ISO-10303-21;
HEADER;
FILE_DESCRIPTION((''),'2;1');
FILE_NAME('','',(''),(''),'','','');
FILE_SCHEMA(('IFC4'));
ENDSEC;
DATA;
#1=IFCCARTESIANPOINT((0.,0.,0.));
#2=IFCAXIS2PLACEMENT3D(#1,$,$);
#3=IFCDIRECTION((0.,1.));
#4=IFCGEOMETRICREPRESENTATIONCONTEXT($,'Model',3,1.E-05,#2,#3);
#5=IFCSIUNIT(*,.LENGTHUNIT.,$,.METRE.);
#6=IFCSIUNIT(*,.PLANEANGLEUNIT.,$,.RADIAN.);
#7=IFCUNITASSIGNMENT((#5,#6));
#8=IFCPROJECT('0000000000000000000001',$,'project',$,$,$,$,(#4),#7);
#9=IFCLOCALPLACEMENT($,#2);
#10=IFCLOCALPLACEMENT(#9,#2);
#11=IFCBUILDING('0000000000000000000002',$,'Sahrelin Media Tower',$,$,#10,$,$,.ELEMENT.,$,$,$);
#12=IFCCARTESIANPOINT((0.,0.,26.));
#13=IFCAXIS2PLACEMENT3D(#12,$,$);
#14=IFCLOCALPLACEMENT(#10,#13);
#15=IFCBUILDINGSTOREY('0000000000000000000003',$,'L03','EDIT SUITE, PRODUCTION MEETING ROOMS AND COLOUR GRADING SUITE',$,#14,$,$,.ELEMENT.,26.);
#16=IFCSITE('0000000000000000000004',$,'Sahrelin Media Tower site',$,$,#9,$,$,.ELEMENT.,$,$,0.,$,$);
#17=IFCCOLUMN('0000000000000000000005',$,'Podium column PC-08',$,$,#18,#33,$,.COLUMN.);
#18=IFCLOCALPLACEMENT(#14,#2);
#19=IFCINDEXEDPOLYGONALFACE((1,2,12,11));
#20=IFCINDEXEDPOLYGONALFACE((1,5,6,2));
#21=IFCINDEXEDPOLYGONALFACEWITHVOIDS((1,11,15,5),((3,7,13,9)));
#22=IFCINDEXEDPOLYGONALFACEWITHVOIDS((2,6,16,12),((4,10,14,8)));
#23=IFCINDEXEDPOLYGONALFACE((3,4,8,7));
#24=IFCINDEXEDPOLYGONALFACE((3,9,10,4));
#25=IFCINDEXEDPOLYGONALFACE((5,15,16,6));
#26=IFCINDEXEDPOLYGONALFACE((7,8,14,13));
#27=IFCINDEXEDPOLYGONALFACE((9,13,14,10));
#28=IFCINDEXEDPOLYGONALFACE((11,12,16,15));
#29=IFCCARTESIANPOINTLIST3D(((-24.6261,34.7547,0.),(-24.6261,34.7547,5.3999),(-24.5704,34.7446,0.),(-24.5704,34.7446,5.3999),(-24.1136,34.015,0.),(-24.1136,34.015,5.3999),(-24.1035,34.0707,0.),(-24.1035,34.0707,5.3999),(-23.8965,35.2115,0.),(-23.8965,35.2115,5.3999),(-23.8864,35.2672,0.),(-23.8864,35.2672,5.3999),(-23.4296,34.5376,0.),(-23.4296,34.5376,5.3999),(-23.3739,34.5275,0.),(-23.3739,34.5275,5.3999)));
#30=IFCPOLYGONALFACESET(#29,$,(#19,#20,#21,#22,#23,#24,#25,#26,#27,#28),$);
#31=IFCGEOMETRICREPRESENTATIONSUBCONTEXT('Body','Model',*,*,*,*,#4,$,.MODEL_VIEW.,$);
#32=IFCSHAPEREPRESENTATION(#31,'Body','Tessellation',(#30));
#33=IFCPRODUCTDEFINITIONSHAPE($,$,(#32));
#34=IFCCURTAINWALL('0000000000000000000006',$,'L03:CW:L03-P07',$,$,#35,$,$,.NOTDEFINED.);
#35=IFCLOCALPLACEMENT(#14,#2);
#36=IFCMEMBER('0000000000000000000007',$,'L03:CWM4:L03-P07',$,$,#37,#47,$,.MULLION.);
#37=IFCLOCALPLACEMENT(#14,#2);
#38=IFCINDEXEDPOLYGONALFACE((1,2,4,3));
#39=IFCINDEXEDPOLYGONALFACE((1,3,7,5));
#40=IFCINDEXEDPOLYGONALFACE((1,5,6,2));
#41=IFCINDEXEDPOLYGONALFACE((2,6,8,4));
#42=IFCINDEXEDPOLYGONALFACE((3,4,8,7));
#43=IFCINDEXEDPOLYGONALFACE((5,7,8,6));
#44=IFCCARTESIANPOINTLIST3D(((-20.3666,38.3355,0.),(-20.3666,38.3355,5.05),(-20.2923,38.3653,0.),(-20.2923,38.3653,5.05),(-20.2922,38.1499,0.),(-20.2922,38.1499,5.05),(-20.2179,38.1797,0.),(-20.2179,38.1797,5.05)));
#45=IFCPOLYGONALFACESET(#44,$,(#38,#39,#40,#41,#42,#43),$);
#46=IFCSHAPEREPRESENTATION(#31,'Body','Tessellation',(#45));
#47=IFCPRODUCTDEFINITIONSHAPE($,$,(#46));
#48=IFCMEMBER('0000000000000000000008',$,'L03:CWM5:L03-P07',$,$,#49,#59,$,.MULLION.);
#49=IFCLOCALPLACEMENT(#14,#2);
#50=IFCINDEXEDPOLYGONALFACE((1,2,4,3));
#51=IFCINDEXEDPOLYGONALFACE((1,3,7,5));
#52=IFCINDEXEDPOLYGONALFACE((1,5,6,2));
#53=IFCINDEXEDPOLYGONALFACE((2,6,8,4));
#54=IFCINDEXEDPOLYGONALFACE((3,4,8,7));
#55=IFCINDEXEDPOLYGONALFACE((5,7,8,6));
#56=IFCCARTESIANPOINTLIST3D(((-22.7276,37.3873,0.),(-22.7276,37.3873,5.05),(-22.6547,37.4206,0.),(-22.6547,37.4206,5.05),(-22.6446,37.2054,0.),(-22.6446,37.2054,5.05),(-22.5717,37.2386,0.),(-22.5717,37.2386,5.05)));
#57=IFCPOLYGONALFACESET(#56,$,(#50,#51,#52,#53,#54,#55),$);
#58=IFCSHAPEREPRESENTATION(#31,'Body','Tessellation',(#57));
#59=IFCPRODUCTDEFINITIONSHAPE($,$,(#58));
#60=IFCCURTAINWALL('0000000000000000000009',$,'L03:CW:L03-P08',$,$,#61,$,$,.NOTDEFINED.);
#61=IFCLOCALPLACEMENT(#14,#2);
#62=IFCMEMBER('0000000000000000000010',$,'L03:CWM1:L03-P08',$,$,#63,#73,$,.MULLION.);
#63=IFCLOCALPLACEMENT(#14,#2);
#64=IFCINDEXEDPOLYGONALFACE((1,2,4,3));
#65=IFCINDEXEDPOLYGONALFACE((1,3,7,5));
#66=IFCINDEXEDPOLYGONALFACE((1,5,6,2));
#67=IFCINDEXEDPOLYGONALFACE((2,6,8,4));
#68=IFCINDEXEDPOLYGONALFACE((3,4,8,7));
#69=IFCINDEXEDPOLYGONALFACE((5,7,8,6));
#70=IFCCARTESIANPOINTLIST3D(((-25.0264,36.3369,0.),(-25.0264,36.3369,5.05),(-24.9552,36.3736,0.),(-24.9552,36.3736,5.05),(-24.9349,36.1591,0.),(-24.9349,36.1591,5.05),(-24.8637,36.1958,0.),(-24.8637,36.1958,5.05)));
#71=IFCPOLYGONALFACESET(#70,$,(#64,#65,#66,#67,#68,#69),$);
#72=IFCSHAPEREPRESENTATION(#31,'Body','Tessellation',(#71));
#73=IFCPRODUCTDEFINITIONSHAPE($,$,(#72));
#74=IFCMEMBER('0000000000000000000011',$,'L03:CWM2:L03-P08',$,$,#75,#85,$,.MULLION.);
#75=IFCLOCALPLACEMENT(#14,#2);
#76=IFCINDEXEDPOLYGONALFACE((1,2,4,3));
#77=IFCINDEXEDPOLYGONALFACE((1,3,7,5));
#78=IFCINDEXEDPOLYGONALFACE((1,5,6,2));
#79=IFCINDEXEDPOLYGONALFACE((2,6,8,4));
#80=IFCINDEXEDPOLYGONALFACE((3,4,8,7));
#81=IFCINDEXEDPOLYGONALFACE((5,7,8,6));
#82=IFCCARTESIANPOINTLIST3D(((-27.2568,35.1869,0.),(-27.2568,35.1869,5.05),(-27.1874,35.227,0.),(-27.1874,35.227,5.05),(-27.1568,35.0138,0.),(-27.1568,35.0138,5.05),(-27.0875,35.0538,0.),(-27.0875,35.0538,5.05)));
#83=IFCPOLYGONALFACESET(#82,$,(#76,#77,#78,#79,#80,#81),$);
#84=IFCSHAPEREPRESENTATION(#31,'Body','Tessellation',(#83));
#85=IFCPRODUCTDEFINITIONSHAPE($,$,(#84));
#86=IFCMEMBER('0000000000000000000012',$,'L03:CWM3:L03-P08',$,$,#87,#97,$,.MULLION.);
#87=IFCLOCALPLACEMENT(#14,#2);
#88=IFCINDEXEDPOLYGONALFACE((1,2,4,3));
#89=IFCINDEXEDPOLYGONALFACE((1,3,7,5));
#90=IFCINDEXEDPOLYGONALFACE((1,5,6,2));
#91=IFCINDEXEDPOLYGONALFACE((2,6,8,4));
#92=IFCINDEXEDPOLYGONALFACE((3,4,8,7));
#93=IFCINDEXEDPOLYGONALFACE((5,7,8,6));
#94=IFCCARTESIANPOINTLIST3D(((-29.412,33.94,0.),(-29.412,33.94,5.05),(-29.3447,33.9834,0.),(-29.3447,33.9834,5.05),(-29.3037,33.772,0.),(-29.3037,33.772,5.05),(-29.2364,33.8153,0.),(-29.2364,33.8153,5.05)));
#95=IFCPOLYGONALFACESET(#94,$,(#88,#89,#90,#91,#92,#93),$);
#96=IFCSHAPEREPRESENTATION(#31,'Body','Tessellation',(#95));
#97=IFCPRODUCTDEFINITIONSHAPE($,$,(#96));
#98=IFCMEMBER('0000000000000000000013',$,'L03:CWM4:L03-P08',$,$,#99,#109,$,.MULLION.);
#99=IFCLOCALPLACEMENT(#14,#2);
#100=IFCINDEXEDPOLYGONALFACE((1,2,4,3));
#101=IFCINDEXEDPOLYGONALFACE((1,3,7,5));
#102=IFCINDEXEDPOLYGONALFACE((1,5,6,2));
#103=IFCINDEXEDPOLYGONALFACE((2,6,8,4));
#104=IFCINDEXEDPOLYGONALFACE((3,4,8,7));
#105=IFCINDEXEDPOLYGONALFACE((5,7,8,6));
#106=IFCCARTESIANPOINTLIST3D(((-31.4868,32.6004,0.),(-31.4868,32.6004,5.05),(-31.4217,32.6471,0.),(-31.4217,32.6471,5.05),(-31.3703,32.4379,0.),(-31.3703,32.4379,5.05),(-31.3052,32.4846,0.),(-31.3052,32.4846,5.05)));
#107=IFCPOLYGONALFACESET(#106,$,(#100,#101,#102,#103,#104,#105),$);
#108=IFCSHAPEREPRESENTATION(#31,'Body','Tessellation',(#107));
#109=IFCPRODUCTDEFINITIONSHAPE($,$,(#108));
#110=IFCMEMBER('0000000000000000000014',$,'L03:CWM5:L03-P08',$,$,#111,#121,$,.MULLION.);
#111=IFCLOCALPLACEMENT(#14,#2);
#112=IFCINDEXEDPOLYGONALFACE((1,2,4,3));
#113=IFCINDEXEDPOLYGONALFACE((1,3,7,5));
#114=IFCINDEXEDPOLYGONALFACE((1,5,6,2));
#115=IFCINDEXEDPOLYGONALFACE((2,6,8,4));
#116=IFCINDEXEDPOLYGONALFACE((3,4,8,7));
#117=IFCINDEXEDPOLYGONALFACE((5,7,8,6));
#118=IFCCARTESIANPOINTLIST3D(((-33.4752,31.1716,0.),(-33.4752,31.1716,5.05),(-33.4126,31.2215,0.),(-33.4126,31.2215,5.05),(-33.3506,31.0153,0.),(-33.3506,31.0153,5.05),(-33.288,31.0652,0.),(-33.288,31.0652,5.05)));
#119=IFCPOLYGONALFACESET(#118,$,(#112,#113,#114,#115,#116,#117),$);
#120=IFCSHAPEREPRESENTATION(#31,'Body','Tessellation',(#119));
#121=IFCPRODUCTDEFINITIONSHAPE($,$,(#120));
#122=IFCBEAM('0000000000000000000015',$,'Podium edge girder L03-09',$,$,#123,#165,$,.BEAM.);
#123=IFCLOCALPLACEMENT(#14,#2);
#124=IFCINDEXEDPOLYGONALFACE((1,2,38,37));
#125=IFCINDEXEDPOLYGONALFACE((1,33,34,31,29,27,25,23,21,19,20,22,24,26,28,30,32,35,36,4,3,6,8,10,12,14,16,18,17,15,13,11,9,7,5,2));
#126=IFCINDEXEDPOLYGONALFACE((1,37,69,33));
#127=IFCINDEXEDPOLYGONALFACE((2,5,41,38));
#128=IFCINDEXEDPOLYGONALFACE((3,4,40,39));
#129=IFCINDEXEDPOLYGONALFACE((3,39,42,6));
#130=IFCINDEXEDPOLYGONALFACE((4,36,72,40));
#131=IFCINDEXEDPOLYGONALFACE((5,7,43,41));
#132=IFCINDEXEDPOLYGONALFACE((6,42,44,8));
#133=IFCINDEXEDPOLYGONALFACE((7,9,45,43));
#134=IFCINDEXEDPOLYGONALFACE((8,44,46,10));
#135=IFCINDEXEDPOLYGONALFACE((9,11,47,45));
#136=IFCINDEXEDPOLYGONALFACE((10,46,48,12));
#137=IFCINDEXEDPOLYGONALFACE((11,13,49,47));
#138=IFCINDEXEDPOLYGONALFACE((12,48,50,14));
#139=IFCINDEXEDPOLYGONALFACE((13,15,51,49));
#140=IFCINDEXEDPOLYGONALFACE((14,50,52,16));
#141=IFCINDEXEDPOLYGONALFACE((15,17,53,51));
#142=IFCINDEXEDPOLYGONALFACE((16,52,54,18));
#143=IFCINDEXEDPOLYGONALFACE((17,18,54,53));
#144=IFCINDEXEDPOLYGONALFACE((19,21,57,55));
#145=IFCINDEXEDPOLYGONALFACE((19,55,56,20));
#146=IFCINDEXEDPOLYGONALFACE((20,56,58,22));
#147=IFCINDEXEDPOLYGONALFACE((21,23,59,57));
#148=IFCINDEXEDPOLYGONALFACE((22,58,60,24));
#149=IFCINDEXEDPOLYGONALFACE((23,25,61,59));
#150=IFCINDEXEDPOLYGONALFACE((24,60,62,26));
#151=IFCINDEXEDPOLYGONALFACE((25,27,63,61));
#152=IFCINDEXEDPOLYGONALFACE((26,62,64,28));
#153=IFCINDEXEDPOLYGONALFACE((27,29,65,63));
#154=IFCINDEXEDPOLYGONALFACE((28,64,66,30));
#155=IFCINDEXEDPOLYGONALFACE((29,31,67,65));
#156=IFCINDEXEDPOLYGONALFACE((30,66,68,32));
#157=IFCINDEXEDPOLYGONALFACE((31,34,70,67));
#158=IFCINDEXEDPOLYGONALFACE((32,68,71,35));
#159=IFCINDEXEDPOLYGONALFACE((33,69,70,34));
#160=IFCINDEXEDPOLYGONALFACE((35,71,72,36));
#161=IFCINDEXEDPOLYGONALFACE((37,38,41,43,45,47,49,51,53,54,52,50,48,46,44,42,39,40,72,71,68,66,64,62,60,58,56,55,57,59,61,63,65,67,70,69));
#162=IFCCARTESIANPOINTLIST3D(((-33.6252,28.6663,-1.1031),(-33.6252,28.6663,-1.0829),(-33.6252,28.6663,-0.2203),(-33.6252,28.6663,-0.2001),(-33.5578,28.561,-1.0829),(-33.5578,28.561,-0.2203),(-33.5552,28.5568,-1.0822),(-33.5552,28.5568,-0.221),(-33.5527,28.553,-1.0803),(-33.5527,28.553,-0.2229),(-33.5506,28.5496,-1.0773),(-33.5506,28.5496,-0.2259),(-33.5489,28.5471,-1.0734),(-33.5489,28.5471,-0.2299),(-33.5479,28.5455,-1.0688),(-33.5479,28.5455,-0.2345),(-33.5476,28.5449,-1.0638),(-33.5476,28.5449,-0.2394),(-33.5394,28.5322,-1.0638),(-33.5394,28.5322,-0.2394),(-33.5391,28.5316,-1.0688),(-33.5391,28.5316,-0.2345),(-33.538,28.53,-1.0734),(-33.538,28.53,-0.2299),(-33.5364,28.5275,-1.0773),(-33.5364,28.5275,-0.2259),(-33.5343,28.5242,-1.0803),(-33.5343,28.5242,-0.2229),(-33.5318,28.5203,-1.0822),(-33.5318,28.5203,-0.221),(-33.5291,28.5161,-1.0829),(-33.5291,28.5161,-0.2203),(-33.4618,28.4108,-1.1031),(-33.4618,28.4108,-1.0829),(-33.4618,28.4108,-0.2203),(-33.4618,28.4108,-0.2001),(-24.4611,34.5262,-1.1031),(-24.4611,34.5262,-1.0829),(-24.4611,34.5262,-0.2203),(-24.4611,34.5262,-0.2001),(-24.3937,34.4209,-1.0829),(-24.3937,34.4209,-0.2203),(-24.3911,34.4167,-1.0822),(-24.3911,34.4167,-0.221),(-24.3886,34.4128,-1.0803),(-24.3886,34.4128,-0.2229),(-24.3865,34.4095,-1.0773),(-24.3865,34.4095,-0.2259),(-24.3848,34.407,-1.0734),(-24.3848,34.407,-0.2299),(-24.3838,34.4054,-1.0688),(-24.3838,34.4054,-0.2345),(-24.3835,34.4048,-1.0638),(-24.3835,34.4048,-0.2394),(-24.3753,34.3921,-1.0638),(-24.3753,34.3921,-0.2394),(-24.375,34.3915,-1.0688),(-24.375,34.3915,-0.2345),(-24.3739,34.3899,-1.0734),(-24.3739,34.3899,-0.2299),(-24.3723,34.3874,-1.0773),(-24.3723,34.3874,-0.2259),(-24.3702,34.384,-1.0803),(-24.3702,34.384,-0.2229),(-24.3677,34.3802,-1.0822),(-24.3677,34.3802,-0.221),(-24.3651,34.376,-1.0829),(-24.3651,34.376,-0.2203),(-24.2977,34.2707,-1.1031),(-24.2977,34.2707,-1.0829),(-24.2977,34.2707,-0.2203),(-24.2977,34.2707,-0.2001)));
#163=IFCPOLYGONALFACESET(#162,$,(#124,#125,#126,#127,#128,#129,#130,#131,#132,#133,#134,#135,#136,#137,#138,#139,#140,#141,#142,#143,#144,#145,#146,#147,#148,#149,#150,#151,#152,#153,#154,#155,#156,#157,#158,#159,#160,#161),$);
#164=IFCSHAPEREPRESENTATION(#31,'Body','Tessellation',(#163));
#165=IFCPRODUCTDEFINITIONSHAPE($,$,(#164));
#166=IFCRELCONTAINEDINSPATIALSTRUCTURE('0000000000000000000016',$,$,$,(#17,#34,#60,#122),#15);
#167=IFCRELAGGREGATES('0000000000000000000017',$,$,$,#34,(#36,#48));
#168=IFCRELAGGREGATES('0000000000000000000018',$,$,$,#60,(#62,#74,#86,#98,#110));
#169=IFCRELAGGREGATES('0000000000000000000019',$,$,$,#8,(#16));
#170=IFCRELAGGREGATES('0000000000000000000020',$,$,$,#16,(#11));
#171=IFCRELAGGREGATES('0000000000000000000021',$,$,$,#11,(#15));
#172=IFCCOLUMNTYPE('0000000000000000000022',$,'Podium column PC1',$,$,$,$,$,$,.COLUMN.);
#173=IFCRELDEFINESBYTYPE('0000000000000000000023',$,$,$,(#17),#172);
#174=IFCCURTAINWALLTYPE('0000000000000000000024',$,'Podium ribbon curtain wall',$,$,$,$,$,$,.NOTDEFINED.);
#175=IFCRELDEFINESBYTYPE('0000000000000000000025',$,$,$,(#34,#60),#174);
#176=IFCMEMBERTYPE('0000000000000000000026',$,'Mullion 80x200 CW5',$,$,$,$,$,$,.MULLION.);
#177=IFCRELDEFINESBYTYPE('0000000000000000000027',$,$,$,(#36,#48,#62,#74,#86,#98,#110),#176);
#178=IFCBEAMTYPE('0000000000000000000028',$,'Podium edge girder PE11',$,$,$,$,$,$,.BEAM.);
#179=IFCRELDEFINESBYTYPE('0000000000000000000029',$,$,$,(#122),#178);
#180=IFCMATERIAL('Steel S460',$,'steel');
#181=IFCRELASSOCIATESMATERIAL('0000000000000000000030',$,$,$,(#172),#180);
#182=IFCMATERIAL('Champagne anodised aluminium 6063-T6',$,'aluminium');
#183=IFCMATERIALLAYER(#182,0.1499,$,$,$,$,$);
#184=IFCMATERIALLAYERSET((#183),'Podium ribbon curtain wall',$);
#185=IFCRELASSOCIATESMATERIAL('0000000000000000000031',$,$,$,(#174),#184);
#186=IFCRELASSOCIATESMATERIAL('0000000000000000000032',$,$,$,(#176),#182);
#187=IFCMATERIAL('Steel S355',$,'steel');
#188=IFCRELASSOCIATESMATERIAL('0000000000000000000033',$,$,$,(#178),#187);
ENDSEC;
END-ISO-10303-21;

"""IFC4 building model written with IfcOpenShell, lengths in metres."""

from ifc_helpers import new_model, si_unit, direction, frame, origin, origin_2d, place, context, subcontext, project, spatial, rectangle, hollow_rectangle, i_section, extrude, material, layer, layer_set, material_profile, profile_set, type_object, element, aggregate, save


model = new_model("IFC4")

# Units and contexts
model_context = context("Model", 3, precision=1e-05, world=origin(), true_north=direction((0.0, 1.0)))
body_context = subcontext(model_context, "Body", "Model", "MODEL_VIEW")
ifc_project = project(units=[si_unit("LENGTHUNIT", "METRE"), si_unit("PLANEANGLEUNIT", "RADIAN")], contexts=[model_context])

# Site, building, storey
site_placement = place(None, origin())
site = spatial("IfcSite", under=ifc_project, at=site_placement, Name="Sahrelin Media Tower site", CompositionType="ELEMENT", RefElevation=0.0)
building_placement = place(site_placement, origin())
building = spatial("IfcBuilding", under=site, at=building_placement, Name="Sahrelin Media Tower", CompositionType="ELEMENT")
storey_placement = place(building_placement, frame((0.0, 0.0, 26.0)))
storey = spatial("IfcBuildingStorey", under=building, at=storey_placement, Name="L03", Description="EDIT SUITE, PRODUCTION MEETING ROOMS AND COLOUR GRADING SUITE", CompositionType="ELEMENT", Elevation=26.0)

# Column
ifc_material_1 = material(Name="Steel S460", Category="steel")
ifc_material_profile_1 = material_profile(ifc_material_1, hollow_rectangle(XDim=0.8999, YDim=0.8999, WallThickness=0.04, at=origin_2d()), Name="Podium column PC1")
ifc_profile_set_1 = profile_set([ifc_material_profile_1], Name="Steel S460")
column_type = type_object("IfcColumnType", Name="Podium column PC1", PredefinedType="COLUMN", material=ifc_profile_set_1)
column_placement = place(storey_placement, frame((-24.0, 34.6411, 0.0), z_axis=(0.0, 0.0, 1.0), x_axis=(-0.569495, 0.821995, 0.0)))
element("IfcColumn", 1, at=column_placement, inside=storey, type_object=column_type, Name="Podium column PC-08", PredefinedType="COLUMN", context=body_context, shape_type="SweptSolid", body=[
    extrude(hollow_rectangle(XDim=0.8999, YDim=0.8999, WallThickness=0.04, at=origin_2d()), origin(), (0.0, 0.0, 1.0), 5.3999),
])

# Curtain walls, members
ifc_material_2 = material(Name="Champagne anodised aluminium 6063-T6", Category="aluminium")
ifc_layer_1 = layer(ifc_material_2, 0.1499)
ifc_layer_set_1 = layer_set([ifc_layer_1], Name="Podium ribbon curtain wall")
curtain_wall_type = type_object("IfcCurtainWallType", Name="Podium ribbon curtain wall", PredefinedType="NOTDEFINED", material=ifc_layer_set_1)
curtain_wall_1_placement = place(storey_placement, frame((-12.9409, 40.5688, 0.0), z_axis=(0.0, 0.0, 1.0), x_axis=(1.0, 0.0, 0.0)))
curtain_wall_1 = element("IfcCurtainWall", 2, at=curtain_wall_1_placement, inside=storey, type_object=curtain_wall_type, Name="L03:CW:L03-P07", PredefinedType="NOTDEFINED")
ifc_material_profile_2 = material_profile(ifc_material_2, rectangle(XDim=0.0801, YDim=0.2, at=origin_2d()), Name="Mullion 80x200")
ifc_profile_set_2 = profile_set([ifc_material_profile_2], Name="Champagne anodised aluminium 6063-T6")
member_type_1 = type_object("IfcMemberType", Name="Mullion 80x200 CW5", PredefinedType="MULLION", material=ifc_profile_set_2)
member_1_placement = place(storey_placement, frame((-20.2922, 38.2576, 0.0), z_axis=(0.0, 0.0, 1.0), x_axis=(-0.92827, -0.371906, 0.0)))
member_1 = element("IfcMember", 3, at=member_1_placement, type_object=member_type_1, Name="L03:CWM4:L03-P07", PredefinedType="MULLION", context=body_context, shape_type="SweptSolid", body=[
    extrude(rectangle(XDim=0.0801, YDim=0.2, at=origin_2d()), origin(), (0.0, 0.0, 1.0), 5.05),
])
member_2_placement = place(storey_placement, frame((-22.6497, 37.313, 0.0), z_axis=(0.0, 0.0, 1.0), x_axis=(-0.909842, -0.414955, 0.0)))
member_2 = element("IfcMember", 4, at=member_2_placement, type_object=member_type_1, Name="L03:CWM5:L03-P07", PredefinedType="MULLION", context=body_context, shape_type="SweptSolid", body=[
    extrude(rectangle(XDim=0.0801, YDim=0.2, at=origin_2d()), origin(), (0.0, 0.0, 1.0), 5.05),
])
curtain_wall_2_placement = place(storey_placement, frame((-25.0, 36.373, 0.0), z_axis=(0.0, 0.0, 1.0), x_axis=(1.0, 0.0, 0.0)))
curtain_wall_2 = element("IfcCurtainWall", 5, at=curtain_wall_2_placement, inside=storey, type_object=curtain_wall_type, Name="L03:CW:L03-P08", PredefinedType="NOTDEFINED")
member_3_placement = place(storey_placement, frame((-24.9451, 36.2664, 0.0), z_axis=(0.0, 0.0, 1.0), x_axis=(-0.889123, -0.457668, 0.0)))
member_3 = element("IfcMember", 6, at=member_3_placement, type_object=member_type_1, Name="L03:CWM1:L03-P08", PredefinedType="MULLION", context=body_context, shape_type="SweptSolid", body=[
    extrude(rectangle(XDim=0.0801, YDim=0.2, at=origin_2d()), origin(), (0.0, 0.0, 1.0), 5.05),
])
member_4_placement = place(storey_placement, frame((-27.1721, 35.1204, 0.0), z_axis=(0.0, 0.0, 1.0), x_axis=(-0.866029, -0.499994, 0.0)))
member_4 = element("IfcMember", 7, at=member_4_placement, type_object=member_type_1, Name="L03:CWM2:L03-P08", PredefinedType="MULLION", context=body_context, shape_type="SweptSolid", body=[
    extrude(rectangle(XDim=0.0801, YDim=0.2, at=origin_2d()), origin(), (0.0, 0.0, 1.0), 5.05),
])
member_5_placement = place(storey_placement, frame((-29.3242, 33.8777, 0.0), z_axis=(0.0, 0.0, 1.0), x_axis=(-0.840519, -0.541782, 0.0)))
member_5 = element("IfcMember", 8, at=member_5_placement, type_object=member_type_1, Name="L03:CWM3:L03-P08", PredefinedType="MULLION", context=body_context, shape_type="SweptSolid", body=[
    extrude(rectangle(XDim=0.0801, YDim=0.2, at=origin_2d()), origin(), (0.0, 0.0, 1.0), 5.05),
])
member_6_placement = place(storey_placement, frame((-31.396, 32.5425, 0.0), z_axis=(0.0, 0.0, 1.0), x_axis=(-0.812532, -0.582916, 0.0)))
member_6 = element("IfcMember", 9, at=member_6_placement, type_object=member_type_1, Name="L03:CWM4:L03-P08", PredefinedType="MULLION", context=body_context, shape_type="SweptSolid", body=[
    extrude(rectangle(XDim=0.0801, YDim=0.2, at=origin_2d()), origin(), (0.0, 0.0, 1.0), 5.05),
])
member_7_placement = place(storey_placement, frame((-33.3816, 31.1184, 0.0), z_axis=(0.0, 0.0, 1.0), x_axis=(-0.78196, -0.623328, 0.0)))
member_7 = element("IfcMember", 10, at=member_7_placement, type_object=member_type_1, Name="L03:CWM5:L03-P08", PredefinedType="MULLION", context=body_context, shape_type="SweptSolid", body=[
    extrude(rectangle(XDim=0.0801, YDim=0.2, at=origin_2d()), origin(), (0.0, 0.0, 1.0), 5.05),
])

# Beam
ifc_material_3 = material(Name="Steel S355", Category="steel")
ifc_material_profile_3 = material_profile(ifc_material_3, i_section(OverallWidth=0.3032, OverallDepth=0.9031, WebThickness=0.0151, FlangeThickness=0.0203, FilletRadius=0.019, at=origin_2d()), Name="UB 914x305x201")
ifc_profile_set_3 = profile_set([ifc_material_profile_3], Name="Steel S355")
beam_type_1 = type_object("IfcBeamType", Name="Podium edge girder PE11", PredefinedType="BEAM", material=ifc_profile_set_3)
beam_1_placement = place(storey_placement, frame((-24.3794, 34.3984, -0.6516), z_axis=(-0.842486, -0.538719, 0.0), x_axis=(0.538719, -0.842486, 0.0)))
element("IfcBeam", 11, at=beam_1_placement, inside=storey, type_object=beam_type_1, Name="Podium edge girder L03-09", PredefinedType="BEAM", context=body_context, shape_type="SweptSolid", body=[
    extrude(i_section(OverallWidth=0.3032, OverallDepth=0.9031, WebThickness=0.0151, FlangeThickness=0.0203, FilletRadius=0.019, at=origin_2d()), origin(), (0.0, 0.0, 1.0), 10.8774),
])

aggregate(curtain_wall_1, [member_1, member_2])
aggregate(curtain_wall_2, [member_3, member_4, member_5, member_6, member_7])

save(model, "model.ifc")
